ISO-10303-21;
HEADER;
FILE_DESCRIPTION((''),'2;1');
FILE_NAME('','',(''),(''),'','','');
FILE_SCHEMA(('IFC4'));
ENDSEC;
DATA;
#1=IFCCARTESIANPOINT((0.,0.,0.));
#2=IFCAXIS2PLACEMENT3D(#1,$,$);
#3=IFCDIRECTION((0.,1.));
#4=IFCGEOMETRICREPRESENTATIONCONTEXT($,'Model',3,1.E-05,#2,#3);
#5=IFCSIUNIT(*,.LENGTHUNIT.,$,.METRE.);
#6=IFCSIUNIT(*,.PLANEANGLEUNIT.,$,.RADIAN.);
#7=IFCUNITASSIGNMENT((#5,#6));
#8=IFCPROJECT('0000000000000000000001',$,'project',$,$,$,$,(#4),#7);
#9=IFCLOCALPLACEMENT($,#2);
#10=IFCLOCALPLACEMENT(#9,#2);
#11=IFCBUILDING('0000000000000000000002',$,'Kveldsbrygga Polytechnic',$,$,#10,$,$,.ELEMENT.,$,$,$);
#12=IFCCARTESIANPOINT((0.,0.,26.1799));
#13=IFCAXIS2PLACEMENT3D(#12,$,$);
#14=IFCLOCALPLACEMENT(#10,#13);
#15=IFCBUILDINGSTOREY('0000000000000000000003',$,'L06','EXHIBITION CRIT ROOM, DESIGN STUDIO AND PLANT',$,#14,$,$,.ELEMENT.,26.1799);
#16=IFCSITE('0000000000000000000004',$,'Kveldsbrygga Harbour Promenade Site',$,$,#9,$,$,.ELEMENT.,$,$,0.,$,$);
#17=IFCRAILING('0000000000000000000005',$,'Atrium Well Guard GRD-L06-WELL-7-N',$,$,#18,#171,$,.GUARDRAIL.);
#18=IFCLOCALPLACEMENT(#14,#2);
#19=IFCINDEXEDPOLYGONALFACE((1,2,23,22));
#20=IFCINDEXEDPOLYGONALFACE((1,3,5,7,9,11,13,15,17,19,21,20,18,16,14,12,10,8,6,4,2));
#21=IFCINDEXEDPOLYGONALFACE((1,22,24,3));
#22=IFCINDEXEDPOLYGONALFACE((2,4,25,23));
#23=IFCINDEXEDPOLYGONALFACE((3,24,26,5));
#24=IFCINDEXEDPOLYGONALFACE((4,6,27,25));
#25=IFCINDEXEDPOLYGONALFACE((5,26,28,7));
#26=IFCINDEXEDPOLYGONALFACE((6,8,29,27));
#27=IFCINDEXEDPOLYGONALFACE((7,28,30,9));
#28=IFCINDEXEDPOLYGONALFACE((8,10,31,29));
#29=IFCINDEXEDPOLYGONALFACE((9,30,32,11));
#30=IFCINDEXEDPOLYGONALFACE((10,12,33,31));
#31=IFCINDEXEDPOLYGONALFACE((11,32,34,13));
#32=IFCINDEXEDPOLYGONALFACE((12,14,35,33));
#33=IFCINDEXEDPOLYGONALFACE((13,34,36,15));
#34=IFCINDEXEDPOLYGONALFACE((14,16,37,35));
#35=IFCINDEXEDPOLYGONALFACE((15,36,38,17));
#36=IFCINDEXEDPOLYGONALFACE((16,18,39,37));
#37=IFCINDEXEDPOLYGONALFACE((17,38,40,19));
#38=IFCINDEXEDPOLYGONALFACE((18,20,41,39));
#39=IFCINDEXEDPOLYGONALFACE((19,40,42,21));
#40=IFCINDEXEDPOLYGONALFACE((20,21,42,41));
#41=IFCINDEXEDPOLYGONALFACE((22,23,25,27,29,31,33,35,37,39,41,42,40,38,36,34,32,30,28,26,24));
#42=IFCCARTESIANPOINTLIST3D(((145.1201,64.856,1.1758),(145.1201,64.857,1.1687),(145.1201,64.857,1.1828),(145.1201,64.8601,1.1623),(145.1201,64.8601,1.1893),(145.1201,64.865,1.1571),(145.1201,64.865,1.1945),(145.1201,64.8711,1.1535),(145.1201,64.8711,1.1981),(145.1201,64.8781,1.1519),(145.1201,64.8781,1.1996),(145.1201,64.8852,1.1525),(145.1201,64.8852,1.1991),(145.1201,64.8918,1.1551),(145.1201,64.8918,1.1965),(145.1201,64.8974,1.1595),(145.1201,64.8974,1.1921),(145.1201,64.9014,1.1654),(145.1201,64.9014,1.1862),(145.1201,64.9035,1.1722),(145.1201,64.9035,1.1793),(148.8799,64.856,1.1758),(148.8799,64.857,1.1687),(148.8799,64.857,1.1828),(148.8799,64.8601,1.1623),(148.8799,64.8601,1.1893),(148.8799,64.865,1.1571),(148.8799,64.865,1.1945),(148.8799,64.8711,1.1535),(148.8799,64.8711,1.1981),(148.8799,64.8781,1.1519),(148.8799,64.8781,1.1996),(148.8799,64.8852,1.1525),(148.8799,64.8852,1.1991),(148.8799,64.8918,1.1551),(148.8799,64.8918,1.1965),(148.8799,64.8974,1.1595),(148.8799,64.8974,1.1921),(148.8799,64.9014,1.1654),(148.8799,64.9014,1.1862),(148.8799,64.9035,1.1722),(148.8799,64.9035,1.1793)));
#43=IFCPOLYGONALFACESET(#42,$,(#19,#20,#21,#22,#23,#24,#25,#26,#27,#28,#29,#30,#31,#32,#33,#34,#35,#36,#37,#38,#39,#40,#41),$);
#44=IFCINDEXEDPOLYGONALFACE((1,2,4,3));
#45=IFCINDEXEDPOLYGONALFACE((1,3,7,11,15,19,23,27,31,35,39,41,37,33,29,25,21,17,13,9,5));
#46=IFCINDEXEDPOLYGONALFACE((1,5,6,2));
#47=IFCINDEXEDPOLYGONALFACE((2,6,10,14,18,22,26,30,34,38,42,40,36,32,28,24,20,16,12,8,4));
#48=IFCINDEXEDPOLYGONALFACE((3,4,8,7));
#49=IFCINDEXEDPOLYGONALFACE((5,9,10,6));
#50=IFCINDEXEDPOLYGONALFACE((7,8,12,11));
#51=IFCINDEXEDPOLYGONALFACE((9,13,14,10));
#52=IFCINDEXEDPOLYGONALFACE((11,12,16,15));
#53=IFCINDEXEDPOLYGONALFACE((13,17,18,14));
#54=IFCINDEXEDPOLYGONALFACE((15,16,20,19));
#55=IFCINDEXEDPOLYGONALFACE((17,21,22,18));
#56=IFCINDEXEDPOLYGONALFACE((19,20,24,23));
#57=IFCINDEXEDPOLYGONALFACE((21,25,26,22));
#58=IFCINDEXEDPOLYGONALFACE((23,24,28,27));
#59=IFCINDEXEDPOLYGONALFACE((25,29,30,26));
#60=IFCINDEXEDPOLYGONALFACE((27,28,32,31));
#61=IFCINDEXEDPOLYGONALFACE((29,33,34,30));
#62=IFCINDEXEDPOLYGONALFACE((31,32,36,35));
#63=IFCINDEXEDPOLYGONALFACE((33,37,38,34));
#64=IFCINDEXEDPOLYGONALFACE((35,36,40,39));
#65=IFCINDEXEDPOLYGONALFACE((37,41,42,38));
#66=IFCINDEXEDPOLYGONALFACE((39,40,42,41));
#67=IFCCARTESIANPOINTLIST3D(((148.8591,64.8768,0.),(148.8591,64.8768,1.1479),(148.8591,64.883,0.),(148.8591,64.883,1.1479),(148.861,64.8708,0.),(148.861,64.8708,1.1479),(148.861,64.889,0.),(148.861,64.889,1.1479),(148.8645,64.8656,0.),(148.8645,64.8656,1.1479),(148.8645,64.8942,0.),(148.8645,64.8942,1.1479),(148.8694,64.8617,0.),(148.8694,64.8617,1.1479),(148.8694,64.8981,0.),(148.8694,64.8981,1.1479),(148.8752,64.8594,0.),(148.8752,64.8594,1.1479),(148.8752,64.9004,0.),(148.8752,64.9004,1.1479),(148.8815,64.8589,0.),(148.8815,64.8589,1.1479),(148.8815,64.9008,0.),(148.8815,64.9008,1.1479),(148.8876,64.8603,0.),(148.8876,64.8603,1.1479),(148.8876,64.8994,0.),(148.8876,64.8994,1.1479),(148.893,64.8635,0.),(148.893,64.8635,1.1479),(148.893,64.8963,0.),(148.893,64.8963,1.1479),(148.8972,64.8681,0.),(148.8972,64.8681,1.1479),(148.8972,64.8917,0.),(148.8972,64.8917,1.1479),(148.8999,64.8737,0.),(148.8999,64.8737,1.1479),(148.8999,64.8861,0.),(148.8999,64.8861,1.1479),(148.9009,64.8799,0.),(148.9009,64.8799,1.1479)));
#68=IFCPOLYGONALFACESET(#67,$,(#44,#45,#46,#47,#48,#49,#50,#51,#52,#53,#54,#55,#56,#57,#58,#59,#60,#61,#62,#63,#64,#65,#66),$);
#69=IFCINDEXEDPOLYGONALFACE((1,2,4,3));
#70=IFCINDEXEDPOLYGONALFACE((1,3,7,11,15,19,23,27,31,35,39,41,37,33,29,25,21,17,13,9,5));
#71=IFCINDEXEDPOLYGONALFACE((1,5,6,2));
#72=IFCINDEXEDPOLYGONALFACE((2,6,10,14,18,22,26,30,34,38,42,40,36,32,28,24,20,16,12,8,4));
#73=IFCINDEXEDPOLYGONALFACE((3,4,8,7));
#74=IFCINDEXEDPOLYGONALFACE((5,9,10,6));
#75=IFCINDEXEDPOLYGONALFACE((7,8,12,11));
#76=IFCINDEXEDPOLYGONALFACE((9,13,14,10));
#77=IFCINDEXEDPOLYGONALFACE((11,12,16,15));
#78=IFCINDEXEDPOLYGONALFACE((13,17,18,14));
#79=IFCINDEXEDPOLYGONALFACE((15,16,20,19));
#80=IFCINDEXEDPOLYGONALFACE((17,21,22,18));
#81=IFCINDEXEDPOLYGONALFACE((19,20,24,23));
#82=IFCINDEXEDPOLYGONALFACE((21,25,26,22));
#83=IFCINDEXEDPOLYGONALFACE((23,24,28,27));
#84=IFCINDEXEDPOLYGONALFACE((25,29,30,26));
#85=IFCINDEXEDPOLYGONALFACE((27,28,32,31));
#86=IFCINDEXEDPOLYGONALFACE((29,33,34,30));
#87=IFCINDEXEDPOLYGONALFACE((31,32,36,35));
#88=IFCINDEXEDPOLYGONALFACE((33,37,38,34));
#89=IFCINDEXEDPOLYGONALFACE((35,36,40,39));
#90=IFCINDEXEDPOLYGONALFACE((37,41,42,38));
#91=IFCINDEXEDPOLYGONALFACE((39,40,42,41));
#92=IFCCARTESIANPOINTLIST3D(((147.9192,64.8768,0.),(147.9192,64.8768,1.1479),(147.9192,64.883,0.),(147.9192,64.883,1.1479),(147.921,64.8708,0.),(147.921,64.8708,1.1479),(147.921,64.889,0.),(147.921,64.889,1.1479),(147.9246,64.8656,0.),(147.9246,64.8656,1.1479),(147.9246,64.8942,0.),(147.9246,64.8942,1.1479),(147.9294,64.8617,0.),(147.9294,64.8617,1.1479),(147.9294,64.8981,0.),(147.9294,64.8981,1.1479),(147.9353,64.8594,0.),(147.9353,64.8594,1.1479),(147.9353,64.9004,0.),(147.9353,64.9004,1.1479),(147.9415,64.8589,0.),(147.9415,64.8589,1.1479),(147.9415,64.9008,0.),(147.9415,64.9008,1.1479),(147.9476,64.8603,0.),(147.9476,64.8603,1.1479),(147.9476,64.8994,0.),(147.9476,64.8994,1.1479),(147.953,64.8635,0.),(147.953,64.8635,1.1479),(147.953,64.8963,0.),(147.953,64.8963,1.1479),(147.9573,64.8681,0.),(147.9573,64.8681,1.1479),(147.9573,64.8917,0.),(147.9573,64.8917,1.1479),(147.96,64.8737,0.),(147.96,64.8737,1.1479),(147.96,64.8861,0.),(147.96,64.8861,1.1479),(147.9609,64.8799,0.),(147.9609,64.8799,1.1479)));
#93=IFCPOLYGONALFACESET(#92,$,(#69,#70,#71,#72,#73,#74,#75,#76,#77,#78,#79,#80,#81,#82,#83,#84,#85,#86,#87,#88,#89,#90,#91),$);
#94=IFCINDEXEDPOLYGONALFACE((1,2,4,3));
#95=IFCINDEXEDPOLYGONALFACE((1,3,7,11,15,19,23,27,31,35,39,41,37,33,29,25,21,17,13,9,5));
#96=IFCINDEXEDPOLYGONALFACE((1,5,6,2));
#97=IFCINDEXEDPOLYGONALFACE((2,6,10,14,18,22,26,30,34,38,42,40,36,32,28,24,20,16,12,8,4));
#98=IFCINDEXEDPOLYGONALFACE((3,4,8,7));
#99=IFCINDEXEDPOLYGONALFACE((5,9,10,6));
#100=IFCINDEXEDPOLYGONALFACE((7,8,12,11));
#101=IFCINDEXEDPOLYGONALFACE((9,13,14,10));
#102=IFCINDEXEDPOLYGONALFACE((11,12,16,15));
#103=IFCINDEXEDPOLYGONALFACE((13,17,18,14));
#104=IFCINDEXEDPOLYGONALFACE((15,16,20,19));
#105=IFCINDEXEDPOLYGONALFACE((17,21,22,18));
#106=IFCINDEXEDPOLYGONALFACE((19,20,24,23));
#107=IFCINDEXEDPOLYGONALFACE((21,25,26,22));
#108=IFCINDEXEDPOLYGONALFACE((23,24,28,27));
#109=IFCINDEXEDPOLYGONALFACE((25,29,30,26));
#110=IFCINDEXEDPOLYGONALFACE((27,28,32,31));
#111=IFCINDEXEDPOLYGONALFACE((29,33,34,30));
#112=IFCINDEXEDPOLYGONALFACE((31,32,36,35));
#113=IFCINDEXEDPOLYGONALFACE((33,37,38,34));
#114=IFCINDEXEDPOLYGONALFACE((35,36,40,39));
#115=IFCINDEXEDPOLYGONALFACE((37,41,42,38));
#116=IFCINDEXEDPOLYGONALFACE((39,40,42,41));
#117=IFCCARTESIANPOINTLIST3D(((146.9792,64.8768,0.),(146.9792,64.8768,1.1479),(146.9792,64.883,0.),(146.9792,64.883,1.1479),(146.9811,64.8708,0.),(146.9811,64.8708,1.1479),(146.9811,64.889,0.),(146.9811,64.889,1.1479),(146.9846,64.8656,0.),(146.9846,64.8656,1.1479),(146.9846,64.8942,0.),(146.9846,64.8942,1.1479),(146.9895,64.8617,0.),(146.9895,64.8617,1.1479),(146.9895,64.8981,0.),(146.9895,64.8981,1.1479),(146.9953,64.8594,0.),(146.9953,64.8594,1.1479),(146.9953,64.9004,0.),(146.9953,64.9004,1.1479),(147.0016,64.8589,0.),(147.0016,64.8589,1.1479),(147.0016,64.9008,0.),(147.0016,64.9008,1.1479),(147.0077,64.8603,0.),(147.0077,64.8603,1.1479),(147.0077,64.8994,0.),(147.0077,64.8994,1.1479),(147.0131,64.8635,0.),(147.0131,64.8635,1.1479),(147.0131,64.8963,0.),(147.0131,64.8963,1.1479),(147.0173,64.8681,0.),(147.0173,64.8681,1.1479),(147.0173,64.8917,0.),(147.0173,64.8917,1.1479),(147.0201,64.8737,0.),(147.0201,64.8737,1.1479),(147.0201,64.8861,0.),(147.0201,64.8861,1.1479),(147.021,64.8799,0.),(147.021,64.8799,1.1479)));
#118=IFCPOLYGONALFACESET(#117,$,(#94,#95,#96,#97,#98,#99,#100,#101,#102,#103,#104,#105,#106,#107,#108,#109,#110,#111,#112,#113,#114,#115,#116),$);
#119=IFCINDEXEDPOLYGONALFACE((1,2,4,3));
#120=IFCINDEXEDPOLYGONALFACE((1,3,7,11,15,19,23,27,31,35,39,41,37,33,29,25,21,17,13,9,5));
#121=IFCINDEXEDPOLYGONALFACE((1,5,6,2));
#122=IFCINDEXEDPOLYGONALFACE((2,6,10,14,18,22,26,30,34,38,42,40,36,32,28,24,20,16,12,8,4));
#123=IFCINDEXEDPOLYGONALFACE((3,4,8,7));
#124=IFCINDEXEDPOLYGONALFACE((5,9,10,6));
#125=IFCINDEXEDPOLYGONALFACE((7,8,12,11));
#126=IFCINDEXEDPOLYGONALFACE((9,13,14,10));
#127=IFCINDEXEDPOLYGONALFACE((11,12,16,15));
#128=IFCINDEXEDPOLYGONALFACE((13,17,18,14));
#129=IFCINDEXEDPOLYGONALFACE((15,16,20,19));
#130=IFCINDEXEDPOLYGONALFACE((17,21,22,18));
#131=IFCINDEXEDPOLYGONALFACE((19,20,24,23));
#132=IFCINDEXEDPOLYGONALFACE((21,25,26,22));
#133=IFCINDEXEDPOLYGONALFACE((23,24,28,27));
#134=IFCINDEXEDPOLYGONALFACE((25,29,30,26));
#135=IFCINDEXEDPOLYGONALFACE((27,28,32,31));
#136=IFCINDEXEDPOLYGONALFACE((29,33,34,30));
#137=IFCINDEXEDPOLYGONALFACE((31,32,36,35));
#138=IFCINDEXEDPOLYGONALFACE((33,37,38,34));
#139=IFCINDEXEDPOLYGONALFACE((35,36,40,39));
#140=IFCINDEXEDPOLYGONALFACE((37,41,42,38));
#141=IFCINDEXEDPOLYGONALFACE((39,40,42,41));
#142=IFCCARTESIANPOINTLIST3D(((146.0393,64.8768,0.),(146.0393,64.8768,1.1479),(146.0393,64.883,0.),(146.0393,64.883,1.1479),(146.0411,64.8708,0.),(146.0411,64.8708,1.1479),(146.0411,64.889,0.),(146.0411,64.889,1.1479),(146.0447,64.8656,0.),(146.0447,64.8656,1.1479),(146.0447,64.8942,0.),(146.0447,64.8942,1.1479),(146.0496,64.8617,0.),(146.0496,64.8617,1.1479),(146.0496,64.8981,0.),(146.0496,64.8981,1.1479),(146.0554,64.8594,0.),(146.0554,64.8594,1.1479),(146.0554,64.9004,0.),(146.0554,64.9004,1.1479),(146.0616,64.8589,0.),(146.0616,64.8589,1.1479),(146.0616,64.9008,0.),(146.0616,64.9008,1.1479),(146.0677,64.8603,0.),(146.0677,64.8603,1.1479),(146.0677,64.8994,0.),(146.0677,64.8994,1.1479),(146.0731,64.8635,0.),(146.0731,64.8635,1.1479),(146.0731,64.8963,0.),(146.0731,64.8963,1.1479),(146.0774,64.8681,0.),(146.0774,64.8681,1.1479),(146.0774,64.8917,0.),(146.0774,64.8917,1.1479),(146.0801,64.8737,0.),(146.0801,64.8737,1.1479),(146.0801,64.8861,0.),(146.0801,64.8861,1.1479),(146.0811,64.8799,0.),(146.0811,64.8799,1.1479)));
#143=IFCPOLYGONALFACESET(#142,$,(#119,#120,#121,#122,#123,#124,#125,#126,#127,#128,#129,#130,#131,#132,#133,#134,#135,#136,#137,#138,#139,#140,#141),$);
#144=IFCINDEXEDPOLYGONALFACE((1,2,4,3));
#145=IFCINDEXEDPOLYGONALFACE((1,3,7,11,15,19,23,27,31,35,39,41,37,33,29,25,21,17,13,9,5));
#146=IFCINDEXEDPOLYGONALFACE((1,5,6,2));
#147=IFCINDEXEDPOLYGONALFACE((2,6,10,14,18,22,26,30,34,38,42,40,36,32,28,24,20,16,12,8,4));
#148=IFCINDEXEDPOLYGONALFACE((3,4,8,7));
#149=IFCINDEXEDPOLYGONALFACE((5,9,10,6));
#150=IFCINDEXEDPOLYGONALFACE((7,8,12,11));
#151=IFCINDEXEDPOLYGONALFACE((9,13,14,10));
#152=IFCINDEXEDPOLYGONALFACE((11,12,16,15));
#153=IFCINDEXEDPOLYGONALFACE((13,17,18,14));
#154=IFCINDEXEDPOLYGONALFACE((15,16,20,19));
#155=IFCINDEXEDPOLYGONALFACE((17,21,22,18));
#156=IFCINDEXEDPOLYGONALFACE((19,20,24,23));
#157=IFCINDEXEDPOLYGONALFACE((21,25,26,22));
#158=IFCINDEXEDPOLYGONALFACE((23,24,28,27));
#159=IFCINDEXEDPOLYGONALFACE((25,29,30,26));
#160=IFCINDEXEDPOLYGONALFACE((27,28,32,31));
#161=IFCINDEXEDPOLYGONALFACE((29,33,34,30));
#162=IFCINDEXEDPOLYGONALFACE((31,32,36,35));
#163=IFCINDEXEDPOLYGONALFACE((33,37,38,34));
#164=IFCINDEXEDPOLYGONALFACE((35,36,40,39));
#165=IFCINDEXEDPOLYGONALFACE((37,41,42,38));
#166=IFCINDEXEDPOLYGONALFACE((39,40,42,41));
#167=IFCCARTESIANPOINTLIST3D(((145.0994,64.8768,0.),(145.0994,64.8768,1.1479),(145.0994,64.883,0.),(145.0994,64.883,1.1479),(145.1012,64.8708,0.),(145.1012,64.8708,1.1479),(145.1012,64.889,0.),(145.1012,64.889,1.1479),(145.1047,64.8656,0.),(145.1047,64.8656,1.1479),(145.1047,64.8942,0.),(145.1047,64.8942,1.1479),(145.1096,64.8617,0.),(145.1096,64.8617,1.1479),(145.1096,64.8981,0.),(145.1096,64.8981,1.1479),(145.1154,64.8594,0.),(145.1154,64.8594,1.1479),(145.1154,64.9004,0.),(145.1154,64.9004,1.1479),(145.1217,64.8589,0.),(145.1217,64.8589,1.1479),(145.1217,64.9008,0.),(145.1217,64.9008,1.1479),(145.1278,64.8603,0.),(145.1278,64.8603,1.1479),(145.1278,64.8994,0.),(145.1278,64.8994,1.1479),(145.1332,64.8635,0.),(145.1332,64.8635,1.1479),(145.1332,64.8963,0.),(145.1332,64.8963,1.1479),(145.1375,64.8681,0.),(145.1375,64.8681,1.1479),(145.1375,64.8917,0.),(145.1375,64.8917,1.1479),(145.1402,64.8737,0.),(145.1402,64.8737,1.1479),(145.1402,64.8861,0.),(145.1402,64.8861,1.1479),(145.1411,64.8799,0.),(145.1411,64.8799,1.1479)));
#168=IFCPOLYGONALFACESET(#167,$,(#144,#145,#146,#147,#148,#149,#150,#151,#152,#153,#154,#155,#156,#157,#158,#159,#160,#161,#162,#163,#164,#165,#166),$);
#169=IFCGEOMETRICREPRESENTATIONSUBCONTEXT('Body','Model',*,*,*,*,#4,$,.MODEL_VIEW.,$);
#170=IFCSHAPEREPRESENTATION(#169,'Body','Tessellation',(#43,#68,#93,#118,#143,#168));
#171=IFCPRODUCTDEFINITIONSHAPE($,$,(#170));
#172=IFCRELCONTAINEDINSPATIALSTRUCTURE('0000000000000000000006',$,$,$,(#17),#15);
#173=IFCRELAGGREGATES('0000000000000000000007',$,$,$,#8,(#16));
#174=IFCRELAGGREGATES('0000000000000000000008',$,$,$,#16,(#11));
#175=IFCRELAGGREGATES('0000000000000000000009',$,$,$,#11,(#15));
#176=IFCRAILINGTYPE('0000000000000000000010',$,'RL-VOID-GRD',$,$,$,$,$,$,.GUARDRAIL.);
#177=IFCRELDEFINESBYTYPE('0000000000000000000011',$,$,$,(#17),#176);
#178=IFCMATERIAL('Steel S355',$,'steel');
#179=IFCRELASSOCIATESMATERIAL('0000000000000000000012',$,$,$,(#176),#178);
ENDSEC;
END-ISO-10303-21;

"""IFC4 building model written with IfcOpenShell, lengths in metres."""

from ifc_helpers import new_model, si_unit, direction, frame, origin, origin_2d, place, context, subcontext, project, spatial, circle, extrude, material, type_object, element, save


model = new_model("IFC4")

# Units and contexts
model_context = context("Model", 3, precision=1e-05, world=origin(), true_north=direction((0.0, 1.0)))
body_context = subcontext(model_context, "Body", "Model", "MODEL_VIEW")
ifc_project = project(units=[si_unit("LENGTHUNIT", "METRE"), si_unit("PLANEANGLEUNIT", "RADIAN")], contexts=[model_context])

# Site, building, storey
site_placement = place(None, origin())
site = spatial("IfcSite", under=ifc_project, at=site_placement, Name="Kveldsbrygga Harbour Promenade Site", CompositionType="ELEMENT", RefElevation=0.0)
building_placement = place(site_placement, origin())
building = spatial("IfcBuilding", under=site, at=building_placement, Name="Kveldsbrygga Polytechnic", CompositionType="ELEMENT")
storey_placement = place(building_placement, frame((0.0, 0.0, 26.1799)))
storey = spatial("IfcBuildingStorey", under=building, at=storey_placement, Name="L06", Description="EXHIBITION CRIT ROOM, DESIGN STUDIO AND PLANT", CompositionType="ELEMENT", Elevation=26.1799)

# Shared definitions
ifc_material_1 = material(Name="Steel S355", Category="steel")

# Railing
railing_type = type_object("IfcRailingType", Name="RL-VOID-GRD", PredefinedType="GUARDRAIL", material=ifc_material_1)
railing_1_placement = place(storey_placement, frame((148.8799, 64.8799, 0.0)))
element("IfcRailing", 1, at=railing_1_placement, inside=storey, type_object=railing_type, Name="Atrium Well Guard GRD-L06-WELL-7-N", PredefinedType="GUARDRAIL", context=body_context, shape_type="SweptSolid", body=[
    extrude(circle(Radius=0.0239, at=origin_2d()), frame((0.0, 0.0, 1.1758), z_axis=(-1.0, 0.0, 0.0), x_axis=(0.0, -1.0, 0.0)), (0.0, 0.0, 1.0), 3.7598),
    extrude(circle(Radius=0.021, at=origin_2d()), origin(), (0.0, 0.0, 1.0), 1.1479),
    extrude(circle(Radius=0.021, at=origin_2d()), frame((-0.9399, 0.0, 0.0)), (0.0, 0.0, 1.0), 1.1479),
    extrude(circle(Radius=0.021, at=origin_2d()), frame((-1.8799, 0.0, 0.0)), (0.0, 0.0, 1.0), 1.1479),
    extrude(circle(Radius=0.021, at=origin_2d()), frame((-2.8198, 0.0, 0.0)), (0.0, 0.0, 1.0), 1.1479),
    extrude(circle(Radius=0.021, at=origin_2d()), frame((-3.7598, 0.0, 0.0)), (0.0, 0.0, 1.0), 1.1479),
])

save(model, "model.ifc")
